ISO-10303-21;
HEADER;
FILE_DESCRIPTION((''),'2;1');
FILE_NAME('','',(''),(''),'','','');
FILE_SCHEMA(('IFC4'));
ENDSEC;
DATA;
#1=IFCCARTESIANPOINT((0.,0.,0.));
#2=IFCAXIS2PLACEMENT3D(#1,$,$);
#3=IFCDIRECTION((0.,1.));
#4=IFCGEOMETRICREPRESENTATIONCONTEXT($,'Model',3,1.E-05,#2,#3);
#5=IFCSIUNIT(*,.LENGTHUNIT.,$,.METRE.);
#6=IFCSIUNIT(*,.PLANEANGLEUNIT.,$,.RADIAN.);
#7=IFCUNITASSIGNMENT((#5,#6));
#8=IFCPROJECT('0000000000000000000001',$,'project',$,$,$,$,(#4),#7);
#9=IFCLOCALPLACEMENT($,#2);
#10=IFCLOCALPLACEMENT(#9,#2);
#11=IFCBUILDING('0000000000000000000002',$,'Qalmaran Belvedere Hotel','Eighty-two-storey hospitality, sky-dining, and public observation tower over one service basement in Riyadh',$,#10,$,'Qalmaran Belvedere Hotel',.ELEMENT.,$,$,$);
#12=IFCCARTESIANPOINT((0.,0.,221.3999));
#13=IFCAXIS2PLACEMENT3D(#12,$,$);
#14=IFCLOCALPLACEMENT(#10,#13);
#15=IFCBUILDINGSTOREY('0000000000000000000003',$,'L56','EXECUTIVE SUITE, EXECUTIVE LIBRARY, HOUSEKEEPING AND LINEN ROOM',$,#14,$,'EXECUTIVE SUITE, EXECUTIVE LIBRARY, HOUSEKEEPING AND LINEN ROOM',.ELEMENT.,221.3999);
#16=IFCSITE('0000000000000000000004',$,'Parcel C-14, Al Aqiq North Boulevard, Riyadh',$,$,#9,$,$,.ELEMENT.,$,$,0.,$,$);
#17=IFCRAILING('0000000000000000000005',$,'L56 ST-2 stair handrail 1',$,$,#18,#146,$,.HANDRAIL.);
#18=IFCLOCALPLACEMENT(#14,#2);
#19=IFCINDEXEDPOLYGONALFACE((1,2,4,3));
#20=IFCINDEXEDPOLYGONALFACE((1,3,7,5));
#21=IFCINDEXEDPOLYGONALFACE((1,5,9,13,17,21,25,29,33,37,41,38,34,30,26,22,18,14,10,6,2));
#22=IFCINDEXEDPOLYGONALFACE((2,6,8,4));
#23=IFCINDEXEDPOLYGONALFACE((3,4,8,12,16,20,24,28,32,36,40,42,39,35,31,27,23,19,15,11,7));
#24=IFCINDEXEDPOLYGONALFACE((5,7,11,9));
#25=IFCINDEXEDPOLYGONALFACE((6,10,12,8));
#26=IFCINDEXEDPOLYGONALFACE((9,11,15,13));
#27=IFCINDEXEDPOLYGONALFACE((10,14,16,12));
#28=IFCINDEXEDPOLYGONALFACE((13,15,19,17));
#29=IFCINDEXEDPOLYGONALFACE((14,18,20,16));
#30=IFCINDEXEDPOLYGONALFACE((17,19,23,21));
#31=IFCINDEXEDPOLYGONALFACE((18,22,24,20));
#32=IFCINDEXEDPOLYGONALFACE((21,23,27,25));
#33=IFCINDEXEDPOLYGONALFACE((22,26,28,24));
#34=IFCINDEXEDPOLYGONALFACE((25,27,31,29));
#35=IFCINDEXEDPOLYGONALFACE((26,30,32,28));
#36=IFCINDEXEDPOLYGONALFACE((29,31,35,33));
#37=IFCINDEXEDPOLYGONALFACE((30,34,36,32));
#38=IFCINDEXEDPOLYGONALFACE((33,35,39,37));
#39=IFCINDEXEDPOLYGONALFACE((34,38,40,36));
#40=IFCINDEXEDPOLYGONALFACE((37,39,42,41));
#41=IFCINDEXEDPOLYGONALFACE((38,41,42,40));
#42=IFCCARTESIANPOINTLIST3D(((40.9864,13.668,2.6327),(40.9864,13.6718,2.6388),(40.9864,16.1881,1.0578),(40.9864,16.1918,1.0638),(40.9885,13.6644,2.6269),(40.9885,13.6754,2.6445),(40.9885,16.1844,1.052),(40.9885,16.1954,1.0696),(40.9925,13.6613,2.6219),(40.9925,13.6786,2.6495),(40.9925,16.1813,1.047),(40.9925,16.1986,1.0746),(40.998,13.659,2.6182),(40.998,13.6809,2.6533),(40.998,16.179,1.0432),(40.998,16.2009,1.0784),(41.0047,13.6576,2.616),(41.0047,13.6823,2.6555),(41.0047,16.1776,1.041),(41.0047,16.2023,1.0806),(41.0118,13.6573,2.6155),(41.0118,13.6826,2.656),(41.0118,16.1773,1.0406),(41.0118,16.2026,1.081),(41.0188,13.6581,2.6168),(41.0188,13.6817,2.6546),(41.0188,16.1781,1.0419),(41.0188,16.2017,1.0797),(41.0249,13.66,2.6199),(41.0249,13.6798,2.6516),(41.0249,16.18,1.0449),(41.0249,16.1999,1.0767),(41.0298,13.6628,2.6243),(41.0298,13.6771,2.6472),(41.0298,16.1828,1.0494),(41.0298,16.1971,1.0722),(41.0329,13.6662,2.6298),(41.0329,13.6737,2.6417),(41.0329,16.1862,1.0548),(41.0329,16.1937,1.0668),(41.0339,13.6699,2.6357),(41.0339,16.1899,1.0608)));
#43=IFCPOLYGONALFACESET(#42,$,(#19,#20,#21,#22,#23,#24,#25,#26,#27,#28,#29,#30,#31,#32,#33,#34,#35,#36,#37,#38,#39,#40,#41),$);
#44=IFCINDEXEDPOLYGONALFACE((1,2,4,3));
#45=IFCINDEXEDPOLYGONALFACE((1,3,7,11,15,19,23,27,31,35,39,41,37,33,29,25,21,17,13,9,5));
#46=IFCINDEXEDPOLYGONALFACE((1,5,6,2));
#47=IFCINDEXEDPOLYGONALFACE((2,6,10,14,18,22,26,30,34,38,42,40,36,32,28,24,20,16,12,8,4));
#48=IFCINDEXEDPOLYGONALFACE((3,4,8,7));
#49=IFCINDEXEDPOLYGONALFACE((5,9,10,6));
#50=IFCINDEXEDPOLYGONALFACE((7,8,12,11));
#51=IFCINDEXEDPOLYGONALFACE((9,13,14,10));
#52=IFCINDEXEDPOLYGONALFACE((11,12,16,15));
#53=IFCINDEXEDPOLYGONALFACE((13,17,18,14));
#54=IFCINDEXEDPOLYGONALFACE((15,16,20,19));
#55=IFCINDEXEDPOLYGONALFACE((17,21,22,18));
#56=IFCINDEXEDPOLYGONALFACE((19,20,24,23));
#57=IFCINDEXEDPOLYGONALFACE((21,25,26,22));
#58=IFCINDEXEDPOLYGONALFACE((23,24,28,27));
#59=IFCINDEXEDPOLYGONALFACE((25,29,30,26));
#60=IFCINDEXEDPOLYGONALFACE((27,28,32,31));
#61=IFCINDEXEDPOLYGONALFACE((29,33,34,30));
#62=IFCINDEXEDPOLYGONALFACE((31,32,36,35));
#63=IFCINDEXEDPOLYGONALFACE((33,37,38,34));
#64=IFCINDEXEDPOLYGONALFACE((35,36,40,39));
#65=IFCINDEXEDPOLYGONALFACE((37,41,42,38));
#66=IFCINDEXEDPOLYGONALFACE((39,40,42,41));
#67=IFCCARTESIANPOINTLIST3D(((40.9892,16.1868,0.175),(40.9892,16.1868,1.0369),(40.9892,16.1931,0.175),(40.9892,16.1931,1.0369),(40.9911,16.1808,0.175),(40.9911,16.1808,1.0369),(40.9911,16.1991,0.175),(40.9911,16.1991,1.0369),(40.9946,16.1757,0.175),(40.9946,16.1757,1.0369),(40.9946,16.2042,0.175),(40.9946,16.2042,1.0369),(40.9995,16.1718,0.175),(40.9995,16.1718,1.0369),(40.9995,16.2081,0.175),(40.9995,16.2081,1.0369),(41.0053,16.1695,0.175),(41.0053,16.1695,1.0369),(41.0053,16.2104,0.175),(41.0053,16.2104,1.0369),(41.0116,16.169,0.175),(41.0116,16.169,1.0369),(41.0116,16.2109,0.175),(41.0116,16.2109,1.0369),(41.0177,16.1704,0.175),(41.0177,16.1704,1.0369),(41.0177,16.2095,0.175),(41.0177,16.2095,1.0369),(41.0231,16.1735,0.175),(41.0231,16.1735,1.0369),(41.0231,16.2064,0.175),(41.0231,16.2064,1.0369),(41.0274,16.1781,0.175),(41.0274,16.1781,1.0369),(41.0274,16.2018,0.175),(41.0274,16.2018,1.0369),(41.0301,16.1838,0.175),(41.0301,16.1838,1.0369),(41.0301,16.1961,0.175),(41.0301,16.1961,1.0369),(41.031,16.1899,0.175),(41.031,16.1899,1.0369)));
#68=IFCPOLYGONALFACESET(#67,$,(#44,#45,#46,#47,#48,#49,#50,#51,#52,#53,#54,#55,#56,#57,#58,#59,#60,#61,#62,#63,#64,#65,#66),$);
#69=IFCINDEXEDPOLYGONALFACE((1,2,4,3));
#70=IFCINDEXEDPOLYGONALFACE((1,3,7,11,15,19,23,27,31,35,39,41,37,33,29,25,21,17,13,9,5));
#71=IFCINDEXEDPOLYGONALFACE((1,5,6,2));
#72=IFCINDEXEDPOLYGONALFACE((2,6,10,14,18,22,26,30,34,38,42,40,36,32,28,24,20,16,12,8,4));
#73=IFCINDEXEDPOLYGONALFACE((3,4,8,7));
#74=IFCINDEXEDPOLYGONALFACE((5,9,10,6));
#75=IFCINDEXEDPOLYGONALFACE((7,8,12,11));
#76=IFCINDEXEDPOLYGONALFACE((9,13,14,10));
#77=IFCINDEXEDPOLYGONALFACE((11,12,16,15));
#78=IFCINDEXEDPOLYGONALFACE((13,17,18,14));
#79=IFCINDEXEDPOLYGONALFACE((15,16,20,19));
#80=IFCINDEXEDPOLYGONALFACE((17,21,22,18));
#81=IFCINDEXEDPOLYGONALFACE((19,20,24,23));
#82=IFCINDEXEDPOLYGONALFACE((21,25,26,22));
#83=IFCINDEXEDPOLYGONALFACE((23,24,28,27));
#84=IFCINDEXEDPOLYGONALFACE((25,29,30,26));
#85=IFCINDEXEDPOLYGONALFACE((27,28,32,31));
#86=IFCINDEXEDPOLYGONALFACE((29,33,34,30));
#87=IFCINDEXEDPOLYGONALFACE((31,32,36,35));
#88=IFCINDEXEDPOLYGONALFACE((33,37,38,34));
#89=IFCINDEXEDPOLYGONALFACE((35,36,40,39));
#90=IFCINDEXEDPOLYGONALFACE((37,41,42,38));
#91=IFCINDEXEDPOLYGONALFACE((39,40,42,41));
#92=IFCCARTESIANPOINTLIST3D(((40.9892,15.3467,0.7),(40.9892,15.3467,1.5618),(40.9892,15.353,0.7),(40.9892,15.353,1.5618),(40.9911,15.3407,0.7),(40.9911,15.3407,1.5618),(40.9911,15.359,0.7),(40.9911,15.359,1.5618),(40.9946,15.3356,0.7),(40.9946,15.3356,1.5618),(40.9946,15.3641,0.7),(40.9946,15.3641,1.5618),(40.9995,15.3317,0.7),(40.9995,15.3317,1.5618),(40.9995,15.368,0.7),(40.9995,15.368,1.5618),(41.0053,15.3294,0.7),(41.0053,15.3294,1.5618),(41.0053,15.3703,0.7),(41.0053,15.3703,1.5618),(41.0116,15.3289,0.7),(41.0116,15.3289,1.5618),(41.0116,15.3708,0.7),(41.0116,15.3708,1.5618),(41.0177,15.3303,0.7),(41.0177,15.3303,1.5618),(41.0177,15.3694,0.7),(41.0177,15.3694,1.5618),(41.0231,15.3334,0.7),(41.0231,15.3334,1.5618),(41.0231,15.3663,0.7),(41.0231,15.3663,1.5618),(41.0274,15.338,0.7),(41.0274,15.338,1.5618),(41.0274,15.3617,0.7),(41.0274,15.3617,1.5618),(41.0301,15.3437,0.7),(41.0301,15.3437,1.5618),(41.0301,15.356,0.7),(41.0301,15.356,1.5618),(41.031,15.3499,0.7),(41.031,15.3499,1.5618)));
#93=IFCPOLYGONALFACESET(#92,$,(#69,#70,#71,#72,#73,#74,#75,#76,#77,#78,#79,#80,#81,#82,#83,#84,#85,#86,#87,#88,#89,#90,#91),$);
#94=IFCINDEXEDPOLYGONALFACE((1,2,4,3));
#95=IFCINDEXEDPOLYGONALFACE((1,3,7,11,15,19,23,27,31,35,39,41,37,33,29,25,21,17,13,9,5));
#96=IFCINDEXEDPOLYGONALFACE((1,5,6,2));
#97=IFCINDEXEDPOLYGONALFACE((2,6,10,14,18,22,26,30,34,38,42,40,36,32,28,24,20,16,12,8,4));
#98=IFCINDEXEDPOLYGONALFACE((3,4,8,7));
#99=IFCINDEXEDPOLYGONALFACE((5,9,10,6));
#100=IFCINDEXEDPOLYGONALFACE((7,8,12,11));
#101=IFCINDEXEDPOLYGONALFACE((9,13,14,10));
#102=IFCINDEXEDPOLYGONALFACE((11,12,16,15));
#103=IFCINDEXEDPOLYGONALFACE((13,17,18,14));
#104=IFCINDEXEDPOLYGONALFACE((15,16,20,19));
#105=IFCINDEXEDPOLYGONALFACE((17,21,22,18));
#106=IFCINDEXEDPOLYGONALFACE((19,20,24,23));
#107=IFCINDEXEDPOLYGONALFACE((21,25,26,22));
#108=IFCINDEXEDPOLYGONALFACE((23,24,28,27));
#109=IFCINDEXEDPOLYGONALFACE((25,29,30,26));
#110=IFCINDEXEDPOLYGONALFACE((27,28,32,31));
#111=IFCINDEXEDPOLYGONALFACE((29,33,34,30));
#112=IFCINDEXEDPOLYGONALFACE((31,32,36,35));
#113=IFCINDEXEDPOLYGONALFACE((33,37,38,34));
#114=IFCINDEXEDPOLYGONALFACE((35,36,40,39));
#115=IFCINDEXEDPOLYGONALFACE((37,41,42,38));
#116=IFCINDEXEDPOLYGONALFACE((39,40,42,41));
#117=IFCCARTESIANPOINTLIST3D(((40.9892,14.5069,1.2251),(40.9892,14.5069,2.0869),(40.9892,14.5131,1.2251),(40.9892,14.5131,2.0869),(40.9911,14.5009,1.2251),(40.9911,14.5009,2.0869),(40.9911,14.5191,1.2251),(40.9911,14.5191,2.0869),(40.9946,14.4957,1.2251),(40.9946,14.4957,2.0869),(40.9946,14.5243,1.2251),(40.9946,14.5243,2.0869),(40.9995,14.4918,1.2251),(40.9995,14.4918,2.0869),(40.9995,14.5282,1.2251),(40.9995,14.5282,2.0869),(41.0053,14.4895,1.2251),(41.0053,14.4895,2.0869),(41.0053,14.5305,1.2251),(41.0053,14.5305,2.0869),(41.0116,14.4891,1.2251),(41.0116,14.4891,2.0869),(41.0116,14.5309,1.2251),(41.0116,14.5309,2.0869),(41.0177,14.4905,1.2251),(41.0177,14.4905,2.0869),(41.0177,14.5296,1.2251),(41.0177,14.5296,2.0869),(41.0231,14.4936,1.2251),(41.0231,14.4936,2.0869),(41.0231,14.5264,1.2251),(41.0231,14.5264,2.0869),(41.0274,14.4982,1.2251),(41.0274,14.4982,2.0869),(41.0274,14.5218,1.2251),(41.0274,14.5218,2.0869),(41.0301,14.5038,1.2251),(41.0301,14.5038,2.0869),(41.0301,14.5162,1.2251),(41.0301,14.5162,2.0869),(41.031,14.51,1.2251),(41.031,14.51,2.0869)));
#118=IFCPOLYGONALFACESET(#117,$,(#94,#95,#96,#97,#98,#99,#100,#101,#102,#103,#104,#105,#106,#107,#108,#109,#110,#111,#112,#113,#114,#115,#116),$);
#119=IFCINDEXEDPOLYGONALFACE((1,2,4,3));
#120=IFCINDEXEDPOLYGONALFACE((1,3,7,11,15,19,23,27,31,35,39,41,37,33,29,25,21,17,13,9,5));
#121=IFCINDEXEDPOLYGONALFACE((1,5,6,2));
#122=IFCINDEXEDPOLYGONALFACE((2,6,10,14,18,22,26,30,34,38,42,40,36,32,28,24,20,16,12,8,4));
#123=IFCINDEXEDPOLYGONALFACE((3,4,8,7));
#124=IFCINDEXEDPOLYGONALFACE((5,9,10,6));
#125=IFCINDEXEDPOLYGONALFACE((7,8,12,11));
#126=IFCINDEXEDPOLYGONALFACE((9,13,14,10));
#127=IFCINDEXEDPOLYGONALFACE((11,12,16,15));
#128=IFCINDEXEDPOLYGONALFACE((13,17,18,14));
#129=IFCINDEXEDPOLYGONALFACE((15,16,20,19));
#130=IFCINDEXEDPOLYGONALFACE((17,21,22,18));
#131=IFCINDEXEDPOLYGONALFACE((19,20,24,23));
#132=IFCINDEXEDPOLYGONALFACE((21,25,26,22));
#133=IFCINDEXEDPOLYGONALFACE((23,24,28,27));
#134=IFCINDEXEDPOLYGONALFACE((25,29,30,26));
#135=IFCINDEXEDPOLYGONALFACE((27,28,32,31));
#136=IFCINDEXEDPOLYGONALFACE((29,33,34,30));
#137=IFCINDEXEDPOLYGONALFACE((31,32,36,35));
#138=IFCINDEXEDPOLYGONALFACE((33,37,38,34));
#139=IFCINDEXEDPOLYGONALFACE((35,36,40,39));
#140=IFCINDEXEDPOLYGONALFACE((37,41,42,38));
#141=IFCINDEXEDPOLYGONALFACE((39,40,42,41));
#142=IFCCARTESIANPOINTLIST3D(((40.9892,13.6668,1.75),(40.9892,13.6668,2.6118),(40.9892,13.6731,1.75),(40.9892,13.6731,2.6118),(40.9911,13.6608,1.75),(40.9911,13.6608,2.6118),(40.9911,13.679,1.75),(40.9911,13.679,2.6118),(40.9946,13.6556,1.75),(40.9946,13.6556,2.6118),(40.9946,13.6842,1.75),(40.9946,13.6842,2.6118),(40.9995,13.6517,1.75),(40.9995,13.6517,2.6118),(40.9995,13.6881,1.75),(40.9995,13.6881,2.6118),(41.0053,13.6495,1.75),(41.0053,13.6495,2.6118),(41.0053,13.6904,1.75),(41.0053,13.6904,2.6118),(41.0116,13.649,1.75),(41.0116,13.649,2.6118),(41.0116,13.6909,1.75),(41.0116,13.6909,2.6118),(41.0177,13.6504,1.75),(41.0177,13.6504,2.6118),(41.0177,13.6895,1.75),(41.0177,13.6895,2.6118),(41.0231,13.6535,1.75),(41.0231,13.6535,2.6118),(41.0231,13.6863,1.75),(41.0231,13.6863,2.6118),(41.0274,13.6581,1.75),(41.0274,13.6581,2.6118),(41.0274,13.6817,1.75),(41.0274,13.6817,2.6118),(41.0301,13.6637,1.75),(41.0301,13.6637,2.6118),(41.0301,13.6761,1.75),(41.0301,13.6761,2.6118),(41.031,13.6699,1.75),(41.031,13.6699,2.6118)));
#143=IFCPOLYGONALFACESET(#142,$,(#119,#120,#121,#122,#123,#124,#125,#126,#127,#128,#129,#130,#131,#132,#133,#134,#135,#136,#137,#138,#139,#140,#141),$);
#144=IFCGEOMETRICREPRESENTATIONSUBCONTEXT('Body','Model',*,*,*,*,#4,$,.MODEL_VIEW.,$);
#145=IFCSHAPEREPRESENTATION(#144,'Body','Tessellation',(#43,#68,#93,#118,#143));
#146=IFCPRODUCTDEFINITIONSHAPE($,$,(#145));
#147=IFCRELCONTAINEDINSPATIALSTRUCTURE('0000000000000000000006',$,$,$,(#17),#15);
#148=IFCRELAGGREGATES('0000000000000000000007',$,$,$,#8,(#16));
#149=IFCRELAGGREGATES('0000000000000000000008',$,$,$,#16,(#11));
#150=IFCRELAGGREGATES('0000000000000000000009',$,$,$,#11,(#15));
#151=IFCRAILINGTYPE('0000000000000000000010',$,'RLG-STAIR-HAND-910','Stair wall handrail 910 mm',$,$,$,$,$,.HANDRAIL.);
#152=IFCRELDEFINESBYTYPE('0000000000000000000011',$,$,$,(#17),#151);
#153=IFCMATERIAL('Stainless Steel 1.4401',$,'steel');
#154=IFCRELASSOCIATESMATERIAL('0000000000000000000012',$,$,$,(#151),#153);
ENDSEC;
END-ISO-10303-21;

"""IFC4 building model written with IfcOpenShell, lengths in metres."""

from ifc_helpers import new_model, si_unit, direction, frame, origin, origin_2d, place, context, subcontext, project, spatial, circle, extrude, material, type_object, element, save


model = new_model("IFC4")

# Units and contexts
model_context = context("Model", 3, precision=1e-05, world=origin(), true_north=direction((0.0, 1.0)))
body_context = subcontext(model_context, "Body", "Model", "MODEL_VIEW")
ifc_project = project(units=[si_unit("LENGTHUNIT", "METRE"), si_unit("PLANEANGLEUNIT", "RADIAN")], contexts=[model_context])

# Site, building, storey
site_placement = place(None, origin())
site = spatial("IfcSite", under=ifc_project, at=site_placement, Name="Parcel C-14, Al Aqiq North Boulevard, Riyadh", CompositionType="ELEMENT", RefElevation=0.0)
building_placement = place(site_placement, origin())
building = spatial("IfcBuilding", under=site, at=building_placement, Name="Qalmaran Belvedere Hotel", Description="Eighty-two-storey hospitality, sky-dining, and public observation tower over one service basement in Riyadh", LongName="Qalmaran Belvedere Hotel", CompositionType="ELEMENT")
storey_placement = place(building_placement, frame((0.0, 0.0, 221.3999)))
storey = spatial("IfcBuildingStorey", under=building, at=storey_placement, Name="L56", Description="EXECUTIVE SUITE, EXECUTIVE LIBRARY, HOUSEKEEPING AND LINEN ROOM", LongName="EXECUTIVE SUITE, EXECUTIVE LIBRARY, HOUSEKEEPING AND LINEN ROOM", CompositionType="ELEMENT", Elevation=221.3999)

# Shared definitions
ifc_material_1 = material(Name="Stainless Steel 1.4401", Category="steel")

# Railing
railing_type_1 = type_object("IfcRailingType", Name="RLG-STAIR-HAND-910", Description="Stair wall handrail 910 mm", PredefinedType="HANDRAIL", material=ifc_material_1)
railing_1_placement = place(storey_placement, frame((41.01, 16.1899, 0.175)))
element("IfcRailing", 1, at=railing_1_placement, inside=storey, type_object=railing_type_1, Name="L56 ST-2 stair handrail 1", PredefinedType="HANDRAIL", context=body_context, shape_type="SweptSolid", body=[
    extrude(circle(Radius=0.0239, at=origin_2d()), frame((0.0, 0.0, 0.8857), z_axis=(0.0, -0.848008, 0.529984), x_axis=(1.0, 0.0, 0.0)), (0.0, 0.0, 1.0), 2.9717),
    extrude(circle(Radius=0.021, at=origin_2d()), origin(), (0.0, 0.0, 1.0), 0.8618),
    extrude(circle(Radius=0.021, at=origin_2d()), frame((0.0, -0.8401, 0.5249)), (0.0, 0.0, 1.0), 0.8618),
    extrude(circle(Radius=0.021, at=origin_2d()), frame((0.0, -1.6799, 1.05)), (0.0, 0.0, 1.0), 0.8618),
    extrude(circle(Radius=0.021, at=origin_2d()), frame((0.0, -2.52, 1.575)), (0.0, 0.0, 1.0), 0.8618),
])

save(model, "model.ifc")
